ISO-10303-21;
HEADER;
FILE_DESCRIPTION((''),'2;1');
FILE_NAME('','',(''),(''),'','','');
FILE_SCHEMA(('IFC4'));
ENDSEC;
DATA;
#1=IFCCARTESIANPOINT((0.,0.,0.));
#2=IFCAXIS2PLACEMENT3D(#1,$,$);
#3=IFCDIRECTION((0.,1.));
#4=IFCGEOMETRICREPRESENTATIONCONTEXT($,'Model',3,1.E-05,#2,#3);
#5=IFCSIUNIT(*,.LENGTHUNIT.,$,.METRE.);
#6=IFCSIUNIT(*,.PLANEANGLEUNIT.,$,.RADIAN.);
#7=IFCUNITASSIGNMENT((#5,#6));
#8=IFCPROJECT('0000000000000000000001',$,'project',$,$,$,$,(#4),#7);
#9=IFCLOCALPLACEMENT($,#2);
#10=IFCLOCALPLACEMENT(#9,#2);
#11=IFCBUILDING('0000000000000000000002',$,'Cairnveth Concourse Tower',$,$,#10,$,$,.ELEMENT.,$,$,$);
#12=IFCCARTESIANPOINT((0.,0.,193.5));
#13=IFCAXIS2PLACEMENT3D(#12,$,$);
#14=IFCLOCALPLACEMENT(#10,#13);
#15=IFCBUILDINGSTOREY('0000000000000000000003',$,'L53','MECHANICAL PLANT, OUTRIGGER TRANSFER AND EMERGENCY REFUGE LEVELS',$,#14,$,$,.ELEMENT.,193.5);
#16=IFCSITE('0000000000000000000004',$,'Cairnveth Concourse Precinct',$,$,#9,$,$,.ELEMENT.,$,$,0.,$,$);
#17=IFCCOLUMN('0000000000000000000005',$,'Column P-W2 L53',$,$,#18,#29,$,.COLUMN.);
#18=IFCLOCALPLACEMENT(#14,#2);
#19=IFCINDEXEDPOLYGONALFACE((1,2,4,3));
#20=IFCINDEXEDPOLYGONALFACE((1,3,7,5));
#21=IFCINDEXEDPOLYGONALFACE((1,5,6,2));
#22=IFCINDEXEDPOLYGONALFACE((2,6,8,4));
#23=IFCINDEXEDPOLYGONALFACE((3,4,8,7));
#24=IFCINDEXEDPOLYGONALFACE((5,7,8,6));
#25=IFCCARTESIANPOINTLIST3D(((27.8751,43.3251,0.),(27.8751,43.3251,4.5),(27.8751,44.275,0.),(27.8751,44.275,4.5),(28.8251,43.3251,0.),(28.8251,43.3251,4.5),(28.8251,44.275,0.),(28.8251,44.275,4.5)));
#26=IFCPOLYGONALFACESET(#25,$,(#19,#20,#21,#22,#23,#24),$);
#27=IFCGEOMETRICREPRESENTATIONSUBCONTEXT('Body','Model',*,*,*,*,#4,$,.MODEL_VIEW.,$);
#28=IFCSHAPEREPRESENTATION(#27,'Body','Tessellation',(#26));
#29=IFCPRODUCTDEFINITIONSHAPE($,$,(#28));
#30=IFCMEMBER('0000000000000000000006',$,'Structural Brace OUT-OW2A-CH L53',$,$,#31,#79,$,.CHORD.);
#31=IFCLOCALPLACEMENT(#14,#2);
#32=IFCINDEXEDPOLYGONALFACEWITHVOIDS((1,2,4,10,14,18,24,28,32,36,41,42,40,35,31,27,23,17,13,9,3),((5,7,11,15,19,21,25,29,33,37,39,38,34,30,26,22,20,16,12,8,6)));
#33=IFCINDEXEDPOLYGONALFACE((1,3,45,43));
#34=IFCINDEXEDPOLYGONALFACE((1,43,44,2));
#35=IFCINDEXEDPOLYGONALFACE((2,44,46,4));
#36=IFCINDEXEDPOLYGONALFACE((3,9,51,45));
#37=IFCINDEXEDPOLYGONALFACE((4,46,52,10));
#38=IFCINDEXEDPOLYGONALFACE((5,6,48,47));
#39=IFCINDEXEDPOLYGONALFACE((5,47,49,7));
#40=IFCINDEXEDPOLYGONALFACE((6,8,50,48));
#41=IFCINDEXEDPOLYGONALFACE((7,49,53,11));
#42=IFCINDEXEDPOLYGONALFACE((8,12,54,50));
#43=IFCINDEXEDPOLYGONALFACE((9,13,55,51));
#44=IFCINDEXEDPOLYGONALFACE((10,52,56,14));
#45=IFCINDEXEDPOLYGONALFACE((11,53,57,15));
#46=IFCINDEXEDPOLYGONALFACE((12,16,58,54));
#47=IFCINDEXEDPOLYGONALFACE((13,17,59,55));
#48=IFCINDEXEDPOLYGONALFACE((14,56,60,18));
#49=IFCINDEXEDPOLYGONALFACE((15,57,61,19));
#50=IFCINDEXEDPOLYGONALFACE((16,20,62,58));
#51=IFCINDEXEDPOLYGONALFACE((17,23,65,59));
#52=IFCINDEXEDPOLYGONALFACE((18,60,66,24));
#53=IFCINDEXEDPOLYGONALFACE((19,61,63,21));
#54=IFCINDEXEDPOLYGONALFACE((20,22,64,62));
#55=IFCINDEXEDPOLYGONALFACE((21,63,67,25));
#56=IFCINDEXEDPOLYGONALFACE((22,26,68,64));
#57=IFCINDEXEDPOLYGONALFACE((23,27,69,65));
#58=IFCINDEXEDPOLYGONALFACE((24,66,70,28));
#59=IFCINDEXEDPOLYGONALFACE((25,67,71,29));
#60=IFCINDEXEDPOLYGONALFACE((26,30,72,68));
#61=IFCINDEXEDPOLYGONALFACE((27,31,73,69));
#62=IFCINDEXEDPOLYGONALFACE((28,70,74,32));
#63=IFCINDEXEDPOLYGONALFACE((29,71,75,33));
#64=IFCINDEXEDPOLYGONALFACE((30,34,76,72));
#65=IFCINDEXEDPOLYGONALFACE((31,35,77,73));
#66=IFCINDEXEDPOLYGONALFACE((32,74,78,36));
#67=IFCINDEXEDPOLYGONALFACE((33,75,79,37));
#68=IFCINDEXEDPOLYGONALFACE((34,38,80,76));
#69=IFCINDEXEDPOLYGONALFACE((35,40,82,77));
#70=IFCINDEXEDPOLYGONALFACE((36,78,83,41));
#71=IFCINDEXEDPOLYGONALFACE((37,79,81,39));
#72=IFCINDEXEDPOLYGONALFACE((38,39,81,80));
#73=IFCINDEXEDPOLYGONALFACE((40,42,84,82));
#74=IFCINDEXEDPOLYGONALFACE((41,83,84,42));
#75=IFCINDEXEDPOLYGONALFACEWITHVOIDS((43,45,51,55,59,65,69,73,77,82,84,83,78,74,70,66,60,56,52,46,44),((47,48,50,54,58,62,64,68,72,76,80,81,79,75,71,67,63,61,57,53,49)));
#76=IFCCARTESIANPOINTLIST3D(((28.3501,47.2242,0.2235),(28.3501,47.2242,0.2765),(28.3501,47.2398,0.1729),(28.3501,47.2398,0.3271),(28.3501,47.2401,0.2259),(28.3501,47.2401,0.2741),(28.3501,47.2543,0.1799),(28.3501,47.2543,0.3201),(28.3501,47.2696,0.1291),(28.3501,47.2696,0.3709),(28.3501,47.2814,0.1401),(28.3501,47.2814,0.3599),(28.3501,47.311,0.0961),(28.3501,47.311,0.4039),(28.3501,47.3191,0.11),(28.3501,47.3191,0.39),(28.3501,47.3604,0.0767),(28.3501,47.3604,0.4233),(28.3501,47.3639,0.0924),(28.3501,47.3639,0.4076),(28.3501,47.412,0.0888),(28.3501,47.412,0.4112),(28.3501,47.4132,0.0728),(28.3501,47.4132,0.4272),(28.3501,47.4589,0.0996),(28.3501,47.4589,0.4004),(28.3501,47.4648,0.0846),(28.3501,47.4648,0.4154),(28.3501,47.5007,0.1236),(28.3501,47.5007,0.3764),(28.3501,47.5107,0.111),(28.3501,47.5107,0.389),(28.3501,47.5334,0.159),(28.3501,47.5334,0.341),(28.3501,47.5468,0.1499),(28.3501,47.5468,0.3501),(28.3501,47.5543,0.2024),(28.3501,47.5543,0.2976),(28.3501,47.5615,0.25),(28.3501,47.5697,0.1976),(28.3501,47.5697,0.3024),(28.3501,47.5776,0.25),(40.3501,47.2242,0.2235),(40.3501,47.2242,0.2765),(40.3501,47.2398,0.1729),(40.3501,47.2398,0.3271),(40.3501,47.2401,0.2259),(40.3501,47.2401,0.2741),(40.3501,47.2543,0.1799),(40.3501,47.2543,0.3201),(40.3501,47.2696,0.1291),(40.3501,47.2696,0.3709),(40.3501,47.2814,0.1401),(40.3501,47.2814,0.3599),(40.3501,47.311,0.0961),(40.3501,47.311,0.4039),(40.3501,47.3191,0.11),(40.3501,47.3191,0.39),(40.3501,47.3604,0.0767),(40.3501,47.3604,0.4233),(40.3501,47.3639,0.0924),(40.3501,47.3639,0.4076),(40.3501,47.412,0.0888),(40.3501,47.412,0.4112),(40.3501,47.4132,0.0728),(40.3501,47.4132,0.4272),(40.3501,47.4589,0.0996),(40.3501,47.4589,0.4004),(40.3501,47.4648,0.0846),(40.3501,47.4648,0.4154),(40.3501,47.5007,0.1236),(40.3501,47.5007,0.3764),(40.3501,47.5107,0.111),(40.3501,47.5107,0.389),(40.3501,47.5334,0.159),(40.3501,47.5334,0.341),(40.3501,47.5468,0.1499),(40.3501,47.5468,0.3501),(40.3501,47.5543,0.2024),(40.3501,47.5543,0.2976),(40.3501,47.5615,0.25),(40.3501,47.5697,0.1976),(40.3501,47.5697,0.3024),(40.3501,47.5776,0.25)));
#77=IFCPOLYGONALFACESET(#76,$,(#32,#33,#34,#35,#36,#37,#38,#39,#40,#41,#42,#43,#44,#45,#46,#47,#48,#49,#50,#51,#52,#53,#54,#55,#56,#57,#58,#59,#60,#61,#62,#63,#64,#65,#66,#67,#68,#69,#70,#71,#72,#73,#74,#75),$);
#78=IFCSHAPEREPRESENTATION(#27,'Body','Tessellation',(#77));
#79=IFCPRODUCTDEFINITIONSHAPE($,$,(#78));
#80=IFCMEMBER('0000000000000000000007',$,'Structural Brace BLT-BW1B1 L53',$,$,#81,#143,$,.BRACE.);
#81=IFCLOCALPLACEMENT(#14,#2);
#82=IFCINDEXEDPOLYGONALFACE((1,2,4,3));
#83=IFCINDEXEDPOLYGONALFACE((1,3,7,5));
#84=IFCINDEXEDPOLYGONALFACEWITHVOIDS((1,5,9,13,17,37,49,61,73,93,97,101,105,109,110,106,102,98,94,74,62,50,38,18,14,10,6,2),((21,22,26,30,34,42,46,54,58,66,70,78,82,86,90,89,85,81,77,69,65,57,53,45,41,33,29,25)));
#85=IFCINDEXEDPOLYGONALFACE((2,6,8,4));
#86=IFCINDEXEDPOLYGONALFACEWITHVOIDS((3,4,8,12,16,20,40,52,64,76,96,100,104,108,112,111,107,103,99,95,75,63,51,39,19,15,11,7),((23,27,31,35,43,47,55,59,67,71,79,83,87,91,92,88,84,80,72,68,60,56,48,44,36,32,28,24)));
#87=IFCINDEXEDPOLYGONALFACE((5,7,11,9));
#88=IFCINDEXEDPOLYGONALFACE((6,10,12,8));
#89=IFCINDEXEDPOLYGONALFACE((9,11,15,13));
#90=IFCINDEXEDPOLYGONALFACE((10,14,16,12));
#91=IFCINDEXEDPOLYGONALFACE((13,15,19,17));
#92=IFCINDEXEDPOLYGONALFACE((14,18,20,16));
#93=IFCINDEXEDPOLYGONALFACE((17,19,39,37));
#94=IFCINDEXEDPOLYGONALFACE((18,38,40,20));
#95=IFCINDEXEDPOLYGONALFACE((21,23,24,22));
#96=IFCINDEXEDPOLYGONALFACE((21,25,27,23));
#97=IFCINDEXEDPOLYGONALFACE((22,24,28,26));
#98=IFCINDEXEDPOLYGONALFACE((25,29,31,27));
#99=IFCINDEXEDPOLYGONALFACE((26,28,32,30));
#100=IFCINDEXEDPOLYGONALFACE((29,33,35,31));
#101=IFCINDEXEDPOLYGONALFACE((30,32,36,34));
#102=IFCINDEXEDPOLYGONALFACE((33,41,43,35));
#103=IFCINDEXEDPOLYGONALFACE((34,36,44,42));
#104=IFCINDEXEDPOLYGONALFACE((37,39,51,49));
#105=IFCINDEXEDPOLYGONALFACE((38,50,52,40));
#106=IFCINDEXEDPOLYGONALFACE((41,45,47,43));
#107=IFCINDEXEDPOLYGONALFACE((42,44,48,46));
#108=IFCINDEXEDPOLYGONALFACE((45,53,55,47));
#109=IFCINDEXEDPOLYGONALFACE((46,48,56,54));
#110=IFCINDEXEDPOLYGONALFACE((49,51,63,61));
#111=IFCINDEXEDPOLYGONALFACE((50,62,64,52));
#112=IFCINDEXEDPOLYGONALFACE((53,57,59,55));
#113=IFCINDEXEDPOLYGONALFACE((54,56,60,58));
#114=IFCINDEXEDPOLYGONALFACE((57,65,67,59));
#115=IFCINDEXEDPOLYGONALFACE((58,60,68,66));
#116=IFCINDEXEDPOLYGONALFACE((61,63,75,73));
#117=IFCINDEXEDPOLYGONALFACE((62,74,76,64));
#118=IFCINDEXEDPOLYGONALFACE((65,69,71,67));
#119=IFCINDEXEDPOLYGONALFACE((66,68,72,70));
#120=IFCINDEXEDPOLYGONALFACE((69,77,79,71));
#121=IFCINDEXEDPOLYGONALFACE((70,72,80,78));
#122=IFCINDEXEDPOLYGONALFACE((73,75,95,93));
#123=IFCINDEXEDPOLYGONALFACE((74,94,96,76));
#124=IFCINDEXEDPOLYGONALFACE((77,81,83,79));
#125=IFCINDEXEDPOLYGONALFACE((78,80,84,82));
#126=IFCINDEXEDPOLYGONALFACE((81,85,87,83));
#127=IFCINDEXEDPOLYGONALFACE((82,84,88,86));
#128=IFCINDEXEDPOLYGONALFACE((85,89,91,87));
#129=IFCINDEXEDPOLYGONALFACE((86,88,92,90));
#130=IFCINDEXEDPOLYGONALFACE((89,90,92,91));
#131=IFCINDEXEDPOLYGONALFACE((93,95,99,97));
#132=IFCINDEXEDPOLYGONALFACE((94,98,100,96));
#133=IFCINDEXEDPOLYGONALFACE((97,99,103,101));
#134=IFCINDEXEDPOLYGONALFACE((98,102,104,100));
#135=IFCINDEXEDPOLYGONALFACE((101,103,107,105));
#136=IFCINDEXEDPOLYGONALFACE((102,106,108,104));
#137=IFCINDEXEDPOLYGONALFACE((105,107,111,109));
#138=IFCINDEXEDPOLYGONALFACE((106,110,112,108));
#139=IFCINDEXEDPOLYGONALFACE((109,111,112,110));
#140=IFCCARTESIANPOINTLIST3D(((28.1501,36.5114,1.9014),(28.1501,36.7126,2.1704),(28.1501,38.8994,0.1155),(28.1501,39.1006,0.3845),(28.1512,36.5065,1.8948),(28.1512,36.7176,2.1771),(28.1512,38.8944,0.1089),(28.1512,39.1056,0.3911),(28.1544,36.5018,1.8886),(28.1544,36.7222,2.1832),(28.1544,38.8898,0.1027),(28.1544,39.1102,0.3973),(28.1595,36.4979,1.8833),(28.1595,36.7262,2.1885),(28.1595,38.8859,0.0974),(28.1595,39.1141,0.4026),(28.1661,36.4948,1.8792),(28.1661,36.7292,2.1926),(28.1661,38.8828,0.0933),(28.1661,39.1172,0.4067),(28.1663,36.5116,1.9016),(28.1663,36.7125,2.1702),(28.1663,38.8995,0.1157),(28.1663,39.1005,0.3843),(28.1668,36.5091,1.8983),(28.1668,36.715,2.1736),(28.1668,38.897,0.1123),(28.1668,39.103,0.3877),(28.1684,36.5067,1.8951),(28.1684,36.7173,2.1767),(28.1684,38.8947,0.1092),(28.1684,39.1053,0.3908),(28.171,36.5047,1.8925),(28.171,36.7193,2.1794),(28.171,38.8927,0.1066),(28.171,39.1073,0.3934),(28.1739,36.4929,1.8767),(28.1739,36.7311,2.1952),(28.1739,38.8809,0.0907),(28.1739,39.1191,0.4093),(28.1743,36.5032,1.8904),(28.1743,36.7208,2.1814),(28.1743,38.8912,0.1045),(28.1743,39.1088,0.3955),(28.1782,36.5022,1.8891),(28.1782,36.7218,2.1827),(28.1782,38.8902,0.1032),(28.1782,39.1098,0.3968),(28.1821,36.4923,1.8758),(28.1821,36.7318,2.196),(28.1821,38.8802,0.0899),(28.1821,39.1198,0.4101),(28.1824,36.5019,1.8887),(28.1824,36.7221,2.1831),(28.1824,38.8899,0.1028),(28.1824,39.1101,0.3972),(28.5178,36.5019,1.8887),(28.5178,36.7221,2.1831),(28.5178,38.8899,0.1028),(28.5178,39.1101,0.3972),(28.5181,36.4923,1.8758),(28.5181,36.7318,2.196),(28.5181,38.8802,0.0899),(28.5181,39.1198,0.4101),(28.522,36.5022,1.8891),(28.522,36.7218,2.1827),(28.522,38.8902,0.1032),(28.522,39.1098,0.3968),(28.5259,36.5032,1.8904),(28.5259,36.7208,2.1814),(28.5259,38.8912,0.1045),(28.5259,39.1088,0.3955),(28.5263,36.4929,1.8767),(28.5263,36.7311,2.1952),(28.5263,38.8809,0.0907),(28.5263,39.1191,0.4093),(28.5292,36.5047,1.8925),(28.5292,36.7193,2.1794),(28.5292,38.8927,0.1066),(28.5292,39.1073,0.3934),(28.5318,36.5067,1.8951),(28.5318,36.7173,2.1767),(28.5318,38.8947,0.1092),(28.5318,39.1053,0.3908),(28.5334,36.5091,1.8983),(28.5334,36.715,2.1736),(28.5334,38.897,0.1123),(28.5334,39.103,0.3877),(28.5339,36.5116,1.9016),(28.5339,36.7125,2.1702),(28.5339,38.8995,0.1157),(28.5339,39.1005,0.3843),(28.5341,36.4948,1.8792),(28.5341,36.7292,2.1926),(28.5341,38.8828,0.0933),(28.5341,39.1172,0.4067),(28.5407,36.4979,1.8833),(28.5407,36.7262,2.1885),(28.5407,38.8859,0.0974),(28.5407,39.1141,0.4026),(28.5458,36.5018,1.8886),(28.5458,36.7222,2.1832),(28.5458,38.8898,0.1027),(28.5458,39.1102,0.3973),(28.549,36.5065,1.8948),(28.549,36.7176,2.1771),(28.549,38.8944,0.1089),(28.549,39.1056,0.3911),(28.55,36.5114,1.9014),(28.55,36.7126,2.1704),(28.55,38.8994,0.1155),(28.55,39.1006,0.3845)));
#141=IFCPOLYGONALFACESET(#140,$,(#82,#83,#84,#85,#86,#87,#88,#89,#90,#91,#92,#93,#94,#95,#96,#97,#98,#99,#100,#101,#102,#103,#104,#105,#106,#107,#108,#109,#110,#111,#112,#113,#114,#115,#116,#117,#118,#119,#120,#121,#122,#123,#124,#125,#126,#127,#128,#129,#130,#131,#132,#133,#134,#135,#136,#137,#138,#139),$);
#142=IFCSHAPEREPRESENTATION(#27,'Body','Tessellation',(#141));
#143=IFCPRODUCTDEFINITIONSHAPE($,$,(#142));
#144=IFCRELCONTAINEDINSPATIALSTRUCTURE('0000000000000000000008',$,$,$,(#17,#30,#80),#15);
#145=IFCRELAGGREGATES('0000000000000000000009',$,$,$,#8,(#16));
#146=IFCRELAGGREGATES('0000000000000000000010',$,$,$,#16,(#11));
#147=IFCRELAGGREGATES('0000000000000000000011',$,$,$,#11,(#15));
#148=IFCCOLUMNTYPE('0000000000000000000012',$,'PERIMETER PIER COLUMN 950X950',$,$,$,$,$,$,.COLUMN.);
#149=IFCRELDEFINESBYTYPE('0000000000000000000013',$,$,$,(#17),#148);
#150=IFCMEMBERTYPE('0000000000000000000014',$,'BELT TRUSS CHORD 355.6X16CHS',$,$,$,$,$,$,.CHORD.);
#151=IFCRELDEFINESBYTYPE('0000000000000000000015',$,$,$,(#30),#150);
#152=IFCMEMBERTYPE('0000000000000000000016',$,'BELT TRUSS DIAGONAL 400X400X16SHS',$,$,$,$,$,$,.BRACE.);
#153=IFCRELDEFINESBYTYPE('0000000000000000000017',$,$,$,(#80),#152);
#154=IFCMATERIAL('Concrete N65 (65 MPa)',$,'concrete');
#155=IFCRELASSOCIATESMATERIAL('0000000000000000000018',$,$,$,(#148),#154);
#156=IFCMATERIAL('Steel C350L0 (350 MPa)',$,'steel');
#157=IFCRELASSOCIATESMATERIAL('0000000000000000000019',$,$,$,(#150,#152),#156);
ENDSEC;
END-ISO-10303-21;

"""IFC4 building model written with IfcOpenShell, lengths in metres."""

from ifc_helpers import new_model, si_unit, direction, frame, origin, origin_2d, place, context, subcontext, project, spatial, rectangle, hollow_rectangle, hollow_circle, extrude, material, material_profile, profile_set, type_object, element, save


model = new_model("IFC4")

# Units and contexts
model_context = context("Model", 3, precision=1e-05, world=origin(), true_north=direction((0.0, 1.0)))
body_context = subcontext(model_context, "Body", "Model", "MODEL_VIEW")
ifc_project = project(units=[si_unit("LENGTHUNIT", "METRE"), si_unit("PLANEANGLEUNIT", "RADIAN")], contexts=[model_context])

# Site, building, storey
site_placement = place(None, origin())
site = spatial("IfcSite", under=ifc_project, at=site_placement, Name="Cairnveth Concourse Precinct", CompositionType="ELEMENT", RefElevation=0.0)
building_placement = place(site_placement, origin())
building = spatial("IfcBuilding", under=site, at=building_placement, Name="Cairnveth Concourse Tower", CompositionType="ELEMENT")
storey_placement = place(building_placement, frame((0.0, 0.0, 193.5)))
storey = spatial("IfcBuildingStorey", under=building, at=storey_placement, Name="L53", Description="MECHANICAL PLANT, OUTRIGGER TRANSFER AND EMERGENCY REFUGE LEVELS", CompositionType="ELEMENT", Elevation=193.5)

# Column
ifc_material_1 = material(Name="Concrete N65 (65 MPa)", Category="concrete")
ifc_material_profile_1 = material_profile(ifc_material_1, rectangle(XDim=0.95, YDim=0.95, at=origin_2d()), Name="RC-COL-950x950")
ifc_profile_set_1 = profile_set([ifc_material_profile_1], Name="Concrete N65 (65 MPa)")
column_type = type_object("IfcColumnType", Name="PERIMETER PIER COLUMN 950X950", PredefinedType="COLUMN", material=ifc_profile_set_1)
column_placement = place(storey_placement, frame((28.3501, 43.8, 0.0), z_axis=(0.0, 0.0, 1.0), x_axis=(0.0, 1.0, 0.0)))
element("IfcColumn", 1, at=column_placement, inside=storey, type_object=column_type, Name="Column P-W2 L53", PredefinedType="COLUMN", context=body_context, shape_type="SweptSolid", body=[
    extrude(rectangle(XDim=0.95, YDim=0.95, at=origin_2d()), origin(), (0.0, 0.0, 1.0), 4.5),
])

# Members
ifc_material_2 = material(Name="Steel C350L0 (350 MPa)", Category="steel")
ifc_material_profile_2 = material_profile(ifc_material_2, hollow_circle(Radius=0.1777, WallThickness=0.0161, at=origin_2d()), Name="355.6x16.0CHS")
ifc_profile_set_2 = profile_set([ifc_material_profile_2], Name="Steel C350L0 (350 MPa)")
member_type_1 = type_object("IfcMemberType", Name="BELT TRUSS CHORD 355.6X16CHS", PredefinedType="CHORD", material=ifc_profile_set_2)
member_1_placement = place(storey_placement, frame((28.3501, 47.3999, 0.25), z_axis=(1.0, 0.0, 0.0), x_axis=(0.0, 1.0, 0.0)))
element("IfcMember", 2, at=member_1_placement, inside=storey, type_object=member_type_1, Name="Structural Brace OUT-OW2A-CH L53", PredefinedType="CHORD", context=body_context, shape_type="SweptSolid", body=[
    extrude(hollow_circle(Radius=0.1777, WallThickness=0.0161, at=origin_2d()), origin(), (0.0, 0.0, 1.0), 12.0),
])
ifc_material_profile_3 = material_profile(ifc_material_2, hollow_rectangle(XDim=0.3999, YDim=0.3999, WallThickness=0.0161, InnerFilletRadius=0.0161, OuterFilletRadius=0.032, at=origin_2d()), Name="400x400x16.0SHS")
ifc_profile_set_3 = profile_set([ifc_material_profile_3], Name="Steel C350L0 (350 MPa)")
member_type_2 = type_object("IfcMemberType", Name="BELT TRUSS DIAGONAL 400X400X16SHS", PredefinedType="BRACE", material=ifc_profile_set_3)
member_2_placement = place(storey_placement, frame((28.3501, 39.0, 0.25), z_axis=(0.0, -0.800815, 0.598912), x_axis=(1.0, 0.0, 0.0)))
element("IfcMember", 3, at=member_2_placement, inside=storey, type_object=member_type_2, Name="Structural Brace BLT-BW1B1 L53", PredefinedType="BRACE", context=body_context, shape_type="SweptSolid", body=[
    extrude(hollow_rectangle(XDim=0.3999, YDim=0.3999, WallThickness=0.0161, InnerFilletRadius=0.0161, OuterFilletRadius=0.032, at=origin_2d()), origin(), (0.0, 0.0, 1.0), 2.9819),
])

save(model, "model.ifc")
